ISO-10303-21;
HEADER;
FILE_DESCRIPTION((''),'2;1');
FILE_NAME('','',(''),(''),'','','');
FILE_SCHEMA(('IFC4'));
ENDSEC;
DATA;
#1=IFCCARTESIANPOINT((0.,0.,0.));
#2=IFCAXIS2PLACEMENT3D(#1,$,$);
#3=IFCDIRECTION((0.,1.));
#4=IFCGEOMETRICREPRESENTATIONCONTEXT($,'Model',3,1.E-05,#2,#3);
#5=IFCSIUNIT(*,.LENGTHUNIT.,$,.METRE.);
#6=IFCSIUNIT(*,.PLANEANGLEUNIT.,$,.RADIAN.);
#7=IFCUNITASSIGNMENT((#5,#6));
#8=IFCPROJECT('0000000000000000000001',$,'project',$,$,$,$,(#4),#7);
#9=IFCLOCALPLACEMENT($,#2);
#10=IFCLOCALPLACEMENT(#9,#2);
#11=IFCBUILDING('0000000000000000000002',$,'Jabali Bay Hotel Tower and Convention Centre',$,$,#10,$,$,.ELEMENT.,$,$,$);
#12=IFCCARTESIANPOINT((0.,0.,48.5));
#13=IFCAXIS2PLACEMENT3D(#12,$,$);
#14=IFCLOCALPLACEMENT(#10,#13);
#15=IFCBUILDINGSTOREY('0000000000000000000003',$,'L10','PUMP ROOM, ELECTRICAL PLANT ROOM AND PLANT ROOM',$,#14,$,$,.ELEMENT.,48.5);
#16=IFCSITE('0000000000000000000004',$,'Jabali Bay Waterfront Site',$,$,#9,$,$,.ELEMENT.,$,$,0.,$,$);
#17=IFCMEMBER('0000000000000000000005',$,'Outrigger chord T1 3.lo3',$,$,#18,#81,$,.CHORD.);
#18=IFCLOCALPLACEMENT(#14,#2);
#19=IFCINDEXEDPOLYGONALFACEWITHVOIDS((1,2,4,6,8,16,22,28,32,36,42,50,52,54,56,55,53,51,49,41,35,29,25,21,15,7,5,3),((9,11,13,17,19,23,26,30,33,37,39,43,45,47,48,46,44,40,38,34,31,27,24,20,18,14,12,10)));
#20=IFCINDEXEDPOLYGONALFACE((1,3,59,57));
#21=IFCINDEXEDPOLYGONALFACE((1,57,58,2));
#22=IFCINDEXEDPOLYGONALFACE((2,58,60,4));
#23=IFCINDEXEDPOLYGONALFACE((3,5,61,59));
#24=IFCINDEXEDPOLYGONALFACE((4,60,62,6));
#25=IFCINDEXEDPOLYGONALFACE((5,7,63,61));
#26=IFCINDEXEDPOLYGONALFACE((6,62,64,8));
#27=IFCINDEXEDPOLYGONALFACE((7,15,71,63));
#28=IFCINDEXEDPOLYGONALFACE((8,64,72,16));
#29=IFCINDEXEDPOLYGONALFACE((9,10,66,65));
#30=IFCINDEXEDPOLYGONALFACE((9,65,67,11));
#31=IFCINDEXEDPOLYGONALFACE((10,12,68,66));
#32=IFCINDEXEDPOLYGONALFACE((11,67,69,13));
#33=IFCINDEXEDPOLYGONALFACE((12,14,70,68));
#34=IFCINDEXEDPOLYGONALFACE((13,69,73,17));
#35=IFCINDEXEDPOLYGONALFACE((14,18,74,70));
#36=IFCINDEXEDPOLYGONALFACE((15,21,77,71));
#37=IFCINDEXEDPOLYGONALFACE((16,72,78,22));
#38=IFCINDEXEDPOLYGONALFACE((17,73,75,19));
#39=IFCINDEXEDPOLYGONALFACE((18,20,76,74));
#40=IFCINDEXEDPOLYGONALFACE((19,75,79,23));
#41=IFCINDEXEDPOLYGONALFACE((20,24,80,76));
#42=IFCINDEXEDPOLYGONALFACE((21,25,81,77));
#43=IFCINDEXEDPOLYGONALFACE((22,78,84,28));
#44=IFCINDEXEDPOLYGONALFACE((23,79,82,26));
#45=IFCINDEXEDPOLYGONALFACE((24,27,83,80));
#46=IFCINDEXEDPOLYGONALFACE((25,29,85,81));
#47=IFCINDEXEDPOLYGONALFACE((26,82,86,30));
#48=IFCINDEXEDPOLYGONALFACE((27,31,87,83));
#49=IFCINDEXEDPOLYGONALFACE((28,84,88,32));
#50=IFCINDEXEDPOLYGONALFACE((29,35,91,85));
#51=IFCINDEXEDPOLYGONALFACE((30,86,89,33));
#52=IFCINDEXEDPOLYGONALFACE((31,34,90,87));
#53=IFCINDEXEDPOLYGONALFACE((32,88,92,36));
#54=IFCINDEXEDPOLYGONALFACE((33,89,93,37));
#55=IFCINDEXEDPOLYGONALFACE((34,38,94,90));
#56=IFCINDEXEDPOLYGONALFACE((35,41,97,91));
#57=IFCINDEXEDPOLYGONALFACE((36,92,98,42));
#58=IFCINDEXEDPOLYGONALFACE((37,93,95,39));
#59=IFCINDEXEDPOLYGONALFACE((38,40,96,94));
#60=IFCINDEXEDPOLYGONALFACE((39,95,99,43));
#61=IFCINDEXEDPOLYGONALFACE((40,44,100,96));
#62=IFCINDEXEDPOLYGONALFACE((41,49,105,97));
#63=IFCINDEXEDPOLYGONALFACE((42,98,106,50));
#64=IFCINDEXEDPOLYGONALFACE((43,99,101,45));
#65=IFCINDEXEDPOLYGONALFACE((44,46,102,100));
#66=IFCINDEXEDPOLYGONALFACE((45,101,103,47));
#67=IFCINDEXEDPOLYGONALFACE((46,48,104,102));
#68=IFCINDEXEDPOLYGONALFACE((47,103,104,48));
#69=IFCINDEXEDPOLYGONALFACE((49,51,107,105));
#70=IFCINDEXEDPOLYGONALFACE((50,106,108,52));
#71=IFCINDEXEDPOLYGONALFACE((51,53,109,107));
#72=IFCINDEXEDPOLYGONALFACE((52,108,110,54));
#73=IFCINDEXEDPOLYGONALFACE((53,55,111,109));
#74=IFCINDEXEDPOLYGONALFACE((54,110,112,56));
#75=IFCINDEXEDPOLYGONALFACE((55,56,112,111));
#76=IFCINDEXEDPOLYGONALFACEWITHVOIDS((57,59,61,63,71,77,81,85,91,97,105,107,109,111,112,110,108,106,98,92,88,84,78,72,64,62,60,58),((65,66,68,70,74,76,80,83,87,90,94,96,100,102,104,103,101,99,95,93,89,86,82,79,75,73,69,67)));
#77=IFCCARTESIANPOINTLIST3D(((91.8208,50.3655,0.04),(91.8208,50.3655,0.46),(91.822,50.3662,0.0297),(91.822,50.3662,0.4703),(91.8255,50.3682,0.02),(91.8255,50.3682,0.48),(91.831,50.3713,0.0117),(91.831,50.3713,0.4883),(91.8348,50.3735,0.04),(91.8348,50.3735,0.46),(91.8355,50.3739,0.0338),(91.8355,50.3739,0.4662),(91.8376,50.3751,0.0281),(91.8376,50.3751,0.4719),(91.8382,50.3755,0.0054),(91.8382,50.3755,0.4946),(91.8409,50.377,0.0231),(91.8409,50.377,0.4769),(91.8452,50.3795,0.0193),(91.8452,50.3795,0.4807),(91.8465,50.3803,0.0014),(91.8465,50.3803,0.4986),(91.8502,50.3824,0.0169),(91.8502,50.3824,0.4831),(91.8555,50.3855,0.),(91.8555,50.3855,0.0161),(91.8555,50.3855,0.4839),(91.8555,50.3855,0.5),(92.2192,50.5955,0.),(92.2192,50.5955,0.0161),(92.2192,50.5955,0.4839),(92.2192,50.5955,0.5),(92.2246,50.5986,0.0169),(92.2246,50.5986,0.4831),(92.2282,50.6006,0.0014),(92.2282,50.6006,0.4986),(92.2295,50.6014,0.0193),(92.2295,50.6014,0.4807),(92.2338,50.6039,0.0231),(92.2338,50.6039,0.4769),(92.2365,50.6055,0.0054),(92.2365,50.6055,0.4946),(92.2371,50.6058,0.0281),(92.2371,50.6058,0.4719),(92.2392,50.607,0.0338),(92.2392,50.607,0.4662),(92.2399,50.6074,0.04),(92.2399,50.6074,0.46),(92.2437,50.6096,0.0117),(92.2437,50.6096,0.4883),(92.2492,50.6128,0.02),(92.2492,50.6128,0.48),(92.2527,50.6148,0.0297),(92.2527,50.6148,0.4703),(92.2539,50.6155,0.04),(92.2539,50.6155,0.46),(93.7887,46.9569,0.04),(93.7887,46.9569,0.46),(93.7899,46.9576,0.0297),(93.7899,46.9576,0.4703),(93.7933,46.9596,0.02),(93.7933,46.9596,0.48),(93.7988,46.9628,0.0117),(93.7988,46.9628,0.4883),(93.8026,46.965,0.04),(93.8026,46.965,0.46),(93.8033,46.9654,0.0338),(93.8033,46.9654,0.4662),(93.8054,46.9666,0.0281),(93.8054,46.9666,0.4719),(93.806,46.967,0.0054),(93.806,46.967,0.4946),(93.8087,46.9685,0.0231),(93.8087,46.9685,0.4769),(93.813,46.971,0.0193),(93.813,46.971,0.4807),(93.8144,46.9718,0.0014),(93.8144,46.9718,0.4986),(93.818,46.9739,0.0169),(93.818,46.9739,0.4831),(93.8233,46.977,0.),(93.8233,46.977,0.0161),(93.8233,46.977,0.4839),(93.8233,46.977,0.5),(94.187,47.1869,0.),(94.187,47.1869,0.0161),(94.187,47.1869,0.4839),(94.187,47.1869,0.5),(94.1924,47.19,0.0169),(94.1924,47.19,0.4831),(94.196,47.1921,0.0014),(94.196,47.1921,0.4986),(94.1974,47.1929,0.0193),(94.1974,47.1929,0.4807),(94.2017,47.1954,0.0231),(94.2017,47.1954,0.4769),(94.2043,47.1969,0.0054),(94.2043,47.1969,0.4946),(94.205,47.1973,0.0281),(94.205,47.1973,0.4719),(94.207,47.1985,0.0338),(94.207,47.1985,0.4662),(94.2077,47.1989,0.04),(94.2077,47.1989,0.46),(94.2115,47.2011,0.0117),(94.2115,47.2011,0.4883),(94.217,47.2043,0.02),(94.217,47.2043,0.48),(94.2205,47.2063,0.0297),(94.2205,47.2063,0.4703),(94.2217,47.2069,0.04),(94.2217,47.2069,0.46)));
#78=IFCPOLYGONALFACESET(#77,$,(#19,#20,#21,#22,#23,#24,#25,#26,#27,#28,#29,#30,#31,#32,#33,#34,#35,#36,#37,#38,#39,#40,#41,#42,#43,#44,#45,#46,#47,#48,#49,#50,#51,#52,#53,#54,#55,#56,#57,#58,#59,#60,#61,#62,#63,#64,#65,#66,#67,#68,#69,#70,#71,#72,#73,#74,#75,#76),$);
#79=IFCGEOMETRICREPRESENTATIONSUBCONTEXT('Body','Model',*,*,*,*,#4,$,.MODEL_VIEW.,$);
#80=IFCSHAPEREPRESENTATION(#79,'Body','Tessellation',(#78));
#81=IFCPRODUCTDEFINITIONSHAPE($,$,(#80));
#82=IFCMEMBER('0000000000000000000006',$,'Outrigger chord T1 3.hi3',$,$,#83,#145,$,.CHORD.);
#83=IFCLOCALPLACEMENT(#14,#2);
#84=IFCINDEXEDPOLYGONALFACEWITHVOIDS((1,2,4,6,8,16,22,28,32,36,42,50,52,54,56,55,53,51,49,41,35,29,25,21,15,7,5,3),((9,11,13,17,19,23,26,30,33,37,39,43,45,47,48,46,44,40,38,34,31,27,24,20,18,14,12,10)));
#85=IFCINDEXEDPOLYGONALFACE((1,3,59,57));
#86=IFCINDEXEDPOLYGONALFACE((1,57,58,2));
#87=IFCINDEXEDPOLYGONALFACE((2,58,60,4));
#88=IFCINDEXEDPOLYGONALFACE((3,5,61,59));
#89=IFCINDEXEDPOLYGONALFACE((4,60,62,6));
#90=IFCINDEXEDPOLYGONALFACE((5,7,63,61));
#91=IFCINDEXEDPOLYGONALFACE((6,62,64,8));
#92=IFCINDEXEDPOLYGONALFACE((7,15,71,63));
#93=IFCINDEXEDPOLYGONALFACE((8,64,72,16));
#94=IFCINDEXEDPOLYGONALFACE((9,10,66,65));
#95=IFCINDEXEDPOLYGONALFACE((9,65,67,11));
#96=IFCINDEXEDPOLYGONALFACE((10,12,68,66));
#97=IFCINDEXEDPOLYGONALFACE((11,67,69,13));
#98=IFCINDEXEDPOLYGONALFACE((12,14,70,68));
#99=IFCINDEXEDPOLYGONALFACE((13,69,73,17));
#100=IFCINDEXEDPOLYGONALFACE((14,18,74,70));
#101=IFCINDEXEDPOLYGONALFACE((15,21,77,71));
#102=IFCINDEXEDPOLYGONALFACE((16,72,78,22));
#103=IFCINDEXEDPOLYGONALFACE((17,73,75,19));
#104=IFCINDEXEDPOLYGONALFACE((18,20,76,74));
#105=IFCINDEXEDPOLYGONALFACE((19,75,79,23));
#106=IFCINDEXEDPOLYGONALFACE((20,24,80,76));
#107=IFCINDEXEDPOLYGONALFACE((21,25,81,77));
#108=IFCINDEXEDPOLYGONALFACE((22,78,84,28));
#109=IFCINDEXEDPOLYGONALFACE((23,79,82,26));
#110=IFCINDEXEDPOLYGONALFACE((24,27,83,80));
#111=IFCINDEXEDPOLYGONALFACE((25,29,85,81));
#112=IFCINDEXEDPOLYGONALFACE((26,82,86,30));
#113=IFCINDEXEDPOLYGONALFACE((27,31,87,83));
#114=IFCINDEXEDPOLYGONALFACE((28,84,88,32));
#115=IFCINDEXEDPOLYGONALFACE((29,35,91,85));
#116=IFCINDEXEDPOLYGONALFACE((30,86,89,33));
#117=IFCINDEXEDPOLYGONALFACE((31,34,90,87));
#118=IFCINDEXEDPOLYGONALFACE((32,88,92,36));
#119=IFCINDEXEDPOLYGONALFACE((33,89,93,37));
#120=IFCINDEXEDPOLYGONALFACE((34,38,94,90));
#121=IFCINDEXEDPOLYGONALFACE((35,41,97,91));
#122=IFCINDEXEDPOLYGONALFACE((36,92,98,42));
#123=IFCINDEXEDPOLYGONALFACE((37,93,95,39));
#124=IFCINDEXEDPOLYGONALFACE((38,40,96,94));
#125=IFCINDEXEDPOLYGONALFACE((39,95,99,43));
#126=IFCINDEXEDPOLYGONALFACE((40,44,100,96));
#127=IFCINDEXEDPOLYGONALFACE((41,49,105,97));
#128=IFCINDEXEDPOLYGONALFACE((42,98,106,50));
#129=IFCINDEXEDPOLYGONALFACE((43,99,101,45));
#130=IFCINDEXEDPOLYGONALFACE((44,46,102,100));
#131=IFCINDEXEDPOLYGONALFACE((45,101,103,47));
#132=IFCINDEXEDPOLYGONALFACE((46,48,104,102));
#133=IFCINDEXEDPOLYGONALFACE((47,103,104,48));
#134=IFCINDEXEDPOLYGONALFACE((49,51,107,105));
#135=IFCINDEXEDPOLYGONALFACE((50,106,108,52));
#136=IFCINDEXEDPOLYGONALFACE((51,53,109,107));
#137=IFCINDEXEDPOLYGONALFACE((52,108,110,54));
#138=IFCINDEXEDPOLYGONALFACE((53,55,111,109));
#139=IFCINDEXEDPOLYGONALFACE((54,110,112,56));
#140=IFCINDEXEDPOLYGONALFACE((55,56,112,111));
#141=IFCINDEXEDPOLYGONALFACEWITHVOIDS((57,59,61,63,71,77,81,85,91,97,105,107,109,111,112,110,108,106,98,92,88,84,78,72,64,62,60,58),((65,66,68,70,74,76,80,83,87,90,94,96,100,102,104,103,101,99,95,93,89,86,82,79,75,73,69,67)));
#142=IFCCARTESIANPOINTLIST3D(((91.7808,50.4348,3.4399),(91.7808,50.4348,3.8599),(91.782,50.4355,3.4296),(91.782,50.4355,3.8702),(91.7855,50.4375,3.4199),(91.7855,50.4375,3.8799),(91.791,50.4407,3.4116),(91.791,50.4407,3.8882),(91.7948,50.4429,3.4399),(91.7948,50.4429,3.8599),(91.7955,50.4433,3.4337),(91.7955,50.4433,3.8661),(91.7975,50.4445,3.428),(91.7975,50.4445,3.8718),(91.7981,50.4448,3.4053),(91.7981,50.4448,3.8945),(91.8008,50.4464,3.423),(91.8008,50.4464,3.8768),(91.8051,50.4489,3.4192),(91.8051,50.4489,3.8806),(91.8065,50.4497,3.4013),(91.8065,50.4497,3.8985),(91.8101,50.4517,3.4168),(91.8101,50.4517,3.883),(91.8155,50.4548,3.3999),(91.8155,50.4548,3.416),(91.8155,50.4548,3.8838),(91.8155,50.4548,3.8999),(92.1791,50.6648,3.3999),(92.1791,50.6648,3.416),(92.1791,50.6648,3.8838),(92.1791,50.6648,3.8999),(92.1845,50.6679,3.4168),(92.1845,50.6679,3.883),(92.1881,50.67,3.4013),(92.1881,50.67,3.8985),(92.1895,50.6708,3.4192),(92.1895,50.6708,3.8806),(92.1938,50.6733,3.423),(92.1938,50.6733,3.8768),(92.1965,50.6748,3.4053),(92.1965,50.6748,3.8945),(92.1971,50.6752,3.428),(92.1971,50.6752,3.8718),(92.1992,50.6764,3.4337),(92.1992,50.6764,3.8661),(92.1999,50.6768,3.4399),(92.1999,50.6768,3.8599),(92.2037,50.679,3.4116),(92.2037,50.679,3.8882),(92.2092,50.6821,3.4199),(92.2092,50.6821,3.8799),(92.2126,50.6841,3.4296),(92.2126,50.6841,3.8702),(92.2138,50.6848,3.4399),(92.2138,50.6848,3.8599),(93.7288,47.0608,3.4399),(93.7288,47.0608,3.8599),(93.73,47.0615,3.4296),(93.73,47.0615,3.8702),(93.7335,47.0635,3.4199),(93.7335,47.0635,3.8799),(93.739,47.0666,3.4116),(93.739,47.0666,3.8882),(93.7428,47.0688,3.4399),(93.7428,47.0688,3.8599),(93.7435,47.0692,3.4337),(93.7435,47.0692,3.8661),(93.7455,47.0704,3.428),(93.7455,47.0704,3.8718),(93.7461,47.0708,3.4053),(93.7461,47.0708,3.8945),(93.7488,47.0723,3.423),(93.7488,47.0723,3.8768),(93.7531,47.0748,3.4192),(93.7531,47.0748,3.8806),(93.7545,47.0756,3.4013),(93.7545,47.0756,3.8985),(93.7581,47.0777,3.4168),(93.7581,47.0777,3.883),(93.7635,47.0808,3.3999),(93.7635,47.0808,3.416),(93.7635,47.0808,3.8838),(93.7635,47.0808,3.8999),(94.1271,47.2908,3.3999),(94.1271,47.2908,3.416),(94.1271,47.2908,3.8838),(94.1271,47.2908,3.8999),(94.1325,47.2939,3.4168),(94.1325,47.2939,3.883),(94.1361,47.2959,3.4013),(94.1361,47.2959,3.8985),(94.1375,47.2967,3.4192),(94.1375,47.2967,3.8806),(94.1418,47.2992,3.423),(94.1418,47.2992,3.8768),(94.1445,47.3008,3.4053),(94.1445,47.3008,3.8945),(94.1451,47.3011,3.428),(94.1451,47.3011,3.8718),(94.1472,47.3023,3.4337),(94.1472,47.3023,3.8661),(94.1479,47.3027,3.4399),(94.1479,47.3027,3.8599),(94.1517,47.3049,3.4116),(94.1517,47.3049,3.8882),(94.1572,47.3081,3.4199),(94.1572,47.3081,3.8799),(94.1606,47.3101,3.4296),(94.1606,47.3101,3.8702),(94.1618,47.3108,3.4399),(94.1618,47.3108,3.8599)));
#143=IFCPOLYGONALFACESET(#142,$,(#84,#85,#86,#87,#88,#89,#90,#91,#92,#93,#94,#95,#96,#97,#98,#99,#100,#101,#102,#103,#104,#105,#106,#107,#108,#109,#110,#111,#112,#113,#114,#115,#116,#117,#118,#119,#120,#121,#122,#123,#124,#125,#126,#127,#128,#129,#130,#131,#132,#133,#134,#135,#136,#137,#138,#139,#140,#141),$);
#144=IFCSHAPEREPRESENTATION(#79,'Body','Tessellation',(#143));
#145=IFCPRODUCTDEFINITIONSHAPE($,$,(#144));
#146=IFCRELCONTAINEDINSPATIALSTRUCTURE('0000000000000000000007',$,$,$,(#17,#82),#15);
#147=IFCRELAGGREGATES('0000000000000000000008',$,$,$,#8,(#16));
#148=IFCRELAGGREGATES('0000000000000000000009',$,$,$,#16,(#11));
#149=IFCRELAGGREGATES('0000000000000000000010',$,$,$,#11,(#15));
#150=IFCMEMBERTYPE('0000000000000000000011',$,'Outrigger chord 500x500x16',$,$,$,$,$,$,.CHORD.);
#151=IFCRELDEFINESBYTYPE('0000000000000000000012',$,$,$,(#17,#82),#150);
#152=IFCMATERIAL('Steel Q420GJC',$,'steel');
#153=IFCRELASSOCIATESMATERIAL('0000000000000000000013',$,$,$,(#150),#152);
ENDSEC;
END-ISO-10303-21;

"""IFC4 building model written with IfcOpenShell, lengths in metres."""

from ifc_helpers import new_model, si_unit, direction, frame, origin, origin_2d, place, context, subcontext, project, spatial, hollow_rectangle, extrude, material, material_profile, profile_set, type_object, element, save


model = new_model("IFC4")

# Units and contexts
model_context = context("Model", 3, precision=1e-05, world=origin(), true_north=direction((0.0, 1.0)))
body_context = subcontext(model_context, "Body", "Model", "MODEL_VIEW")
ifc_project = project(units=[si_unit("LENGTHUNIT", "METRE"), si_unit("PLANEANGLEUNIT", "RADIAN")], contexts=[model_context])

# Site, building, storey
site_placement = place(None, origin())
site = spatial("IfcSite", under=ifc_project, at=site_placement, Name="Jabali Bay Waterfront Site", CompositionType="ELEMENT", RefElevation=0.0)
building_placement = place(site_placement, origin())
building = spatial("IfcBuilding", under=site, at=building_placement, Name="Jabali Bay Hotel Tower and Convention Centre", CompositionType="ELEMENT")
storey_placement = place(building_placement, frame((0.0, 0.0, 48.5)))
storey = spatial("IfcBuildingStorey", under=building, at=storey_placement, Name="L10", Description="PUMP ROOM, ELECTRICAL PLANT ROOM AND PLANT ROOM", CompositionType="ELEMENT", Elevation=48.5)

# Members
ifc_material_1 = material(Name="Steel Q420GJC", Category="steel")
ifc_material_profile_1 = material_profile(ifc_material_1, hollow_rectangle(XDim=0.5, YDim=0.5, WallThickness=0.0161, InnerFilletRadius=0.0239, OuterFilletRadius=0.04, at=origin_2d()), Name="Outrigger chord 500x500x16")
ifc_profile_set_1 = profile_set([ifc_material_profile_1], Name="Steel Q420GJC")
member_type_1 = type_object("IfcMemberType", Name="Outrigger chord 500x500x16", PredefinedType="CHORD", material=ifc_profile_set_1)
for number, where, z_axis, x_axis, name in (
    (1, (92.0374, 50.4905, 0.25), (0.499982, -0.866036, 0.0), (0.866036, 0.499982, 0.0), "Outrigger chord T1 3.lo3"),
):
    element("IfcMember", number, at=place(storey_placement, frame(where, z_axis=z_axis, x_axis=x_axis)), inside=storey, type_object=member_type_1, Name=name, PredefinedType="CHORD", context=body_context, shape_type="SweptSolid", body=[
        extrude(hollow_rectangle(XDim=0.5, YDim=0.5, WallThickness=0.0161, InnerFilletRadius=0.0239, OuterFilletRadius=0.04, at=origin_2d()), origin(), (0.0, 0.0, 1.0), 3.9358),
    ])
member_1_placement = place(storey_placement, frame((91.9973, 50.5598, 3.6499), z_axis=(0.500001, -0.866025, 0.0), x_axis=(0.866025, 0.500001, 0.0)))
element("IfcMember", 2, at=member_1_placement, inside=storey, type_object=member_type_1, Name="Outrigger chord T1 3.hi3", PredefinedType="CHORD", context=body_context, shape_type="SweptSolid", body=[
    extrude(hollow_rectangle(XDim=0.5, YDim=0.5, WallThickness=0.0161, InnerFilletRadius=0.0239, OuterFilletRadius=0.04, at=origin_2d()), origin(), (0.0, 0.0, 1.0), 3.896),
])

save(model, "model.ifc")
